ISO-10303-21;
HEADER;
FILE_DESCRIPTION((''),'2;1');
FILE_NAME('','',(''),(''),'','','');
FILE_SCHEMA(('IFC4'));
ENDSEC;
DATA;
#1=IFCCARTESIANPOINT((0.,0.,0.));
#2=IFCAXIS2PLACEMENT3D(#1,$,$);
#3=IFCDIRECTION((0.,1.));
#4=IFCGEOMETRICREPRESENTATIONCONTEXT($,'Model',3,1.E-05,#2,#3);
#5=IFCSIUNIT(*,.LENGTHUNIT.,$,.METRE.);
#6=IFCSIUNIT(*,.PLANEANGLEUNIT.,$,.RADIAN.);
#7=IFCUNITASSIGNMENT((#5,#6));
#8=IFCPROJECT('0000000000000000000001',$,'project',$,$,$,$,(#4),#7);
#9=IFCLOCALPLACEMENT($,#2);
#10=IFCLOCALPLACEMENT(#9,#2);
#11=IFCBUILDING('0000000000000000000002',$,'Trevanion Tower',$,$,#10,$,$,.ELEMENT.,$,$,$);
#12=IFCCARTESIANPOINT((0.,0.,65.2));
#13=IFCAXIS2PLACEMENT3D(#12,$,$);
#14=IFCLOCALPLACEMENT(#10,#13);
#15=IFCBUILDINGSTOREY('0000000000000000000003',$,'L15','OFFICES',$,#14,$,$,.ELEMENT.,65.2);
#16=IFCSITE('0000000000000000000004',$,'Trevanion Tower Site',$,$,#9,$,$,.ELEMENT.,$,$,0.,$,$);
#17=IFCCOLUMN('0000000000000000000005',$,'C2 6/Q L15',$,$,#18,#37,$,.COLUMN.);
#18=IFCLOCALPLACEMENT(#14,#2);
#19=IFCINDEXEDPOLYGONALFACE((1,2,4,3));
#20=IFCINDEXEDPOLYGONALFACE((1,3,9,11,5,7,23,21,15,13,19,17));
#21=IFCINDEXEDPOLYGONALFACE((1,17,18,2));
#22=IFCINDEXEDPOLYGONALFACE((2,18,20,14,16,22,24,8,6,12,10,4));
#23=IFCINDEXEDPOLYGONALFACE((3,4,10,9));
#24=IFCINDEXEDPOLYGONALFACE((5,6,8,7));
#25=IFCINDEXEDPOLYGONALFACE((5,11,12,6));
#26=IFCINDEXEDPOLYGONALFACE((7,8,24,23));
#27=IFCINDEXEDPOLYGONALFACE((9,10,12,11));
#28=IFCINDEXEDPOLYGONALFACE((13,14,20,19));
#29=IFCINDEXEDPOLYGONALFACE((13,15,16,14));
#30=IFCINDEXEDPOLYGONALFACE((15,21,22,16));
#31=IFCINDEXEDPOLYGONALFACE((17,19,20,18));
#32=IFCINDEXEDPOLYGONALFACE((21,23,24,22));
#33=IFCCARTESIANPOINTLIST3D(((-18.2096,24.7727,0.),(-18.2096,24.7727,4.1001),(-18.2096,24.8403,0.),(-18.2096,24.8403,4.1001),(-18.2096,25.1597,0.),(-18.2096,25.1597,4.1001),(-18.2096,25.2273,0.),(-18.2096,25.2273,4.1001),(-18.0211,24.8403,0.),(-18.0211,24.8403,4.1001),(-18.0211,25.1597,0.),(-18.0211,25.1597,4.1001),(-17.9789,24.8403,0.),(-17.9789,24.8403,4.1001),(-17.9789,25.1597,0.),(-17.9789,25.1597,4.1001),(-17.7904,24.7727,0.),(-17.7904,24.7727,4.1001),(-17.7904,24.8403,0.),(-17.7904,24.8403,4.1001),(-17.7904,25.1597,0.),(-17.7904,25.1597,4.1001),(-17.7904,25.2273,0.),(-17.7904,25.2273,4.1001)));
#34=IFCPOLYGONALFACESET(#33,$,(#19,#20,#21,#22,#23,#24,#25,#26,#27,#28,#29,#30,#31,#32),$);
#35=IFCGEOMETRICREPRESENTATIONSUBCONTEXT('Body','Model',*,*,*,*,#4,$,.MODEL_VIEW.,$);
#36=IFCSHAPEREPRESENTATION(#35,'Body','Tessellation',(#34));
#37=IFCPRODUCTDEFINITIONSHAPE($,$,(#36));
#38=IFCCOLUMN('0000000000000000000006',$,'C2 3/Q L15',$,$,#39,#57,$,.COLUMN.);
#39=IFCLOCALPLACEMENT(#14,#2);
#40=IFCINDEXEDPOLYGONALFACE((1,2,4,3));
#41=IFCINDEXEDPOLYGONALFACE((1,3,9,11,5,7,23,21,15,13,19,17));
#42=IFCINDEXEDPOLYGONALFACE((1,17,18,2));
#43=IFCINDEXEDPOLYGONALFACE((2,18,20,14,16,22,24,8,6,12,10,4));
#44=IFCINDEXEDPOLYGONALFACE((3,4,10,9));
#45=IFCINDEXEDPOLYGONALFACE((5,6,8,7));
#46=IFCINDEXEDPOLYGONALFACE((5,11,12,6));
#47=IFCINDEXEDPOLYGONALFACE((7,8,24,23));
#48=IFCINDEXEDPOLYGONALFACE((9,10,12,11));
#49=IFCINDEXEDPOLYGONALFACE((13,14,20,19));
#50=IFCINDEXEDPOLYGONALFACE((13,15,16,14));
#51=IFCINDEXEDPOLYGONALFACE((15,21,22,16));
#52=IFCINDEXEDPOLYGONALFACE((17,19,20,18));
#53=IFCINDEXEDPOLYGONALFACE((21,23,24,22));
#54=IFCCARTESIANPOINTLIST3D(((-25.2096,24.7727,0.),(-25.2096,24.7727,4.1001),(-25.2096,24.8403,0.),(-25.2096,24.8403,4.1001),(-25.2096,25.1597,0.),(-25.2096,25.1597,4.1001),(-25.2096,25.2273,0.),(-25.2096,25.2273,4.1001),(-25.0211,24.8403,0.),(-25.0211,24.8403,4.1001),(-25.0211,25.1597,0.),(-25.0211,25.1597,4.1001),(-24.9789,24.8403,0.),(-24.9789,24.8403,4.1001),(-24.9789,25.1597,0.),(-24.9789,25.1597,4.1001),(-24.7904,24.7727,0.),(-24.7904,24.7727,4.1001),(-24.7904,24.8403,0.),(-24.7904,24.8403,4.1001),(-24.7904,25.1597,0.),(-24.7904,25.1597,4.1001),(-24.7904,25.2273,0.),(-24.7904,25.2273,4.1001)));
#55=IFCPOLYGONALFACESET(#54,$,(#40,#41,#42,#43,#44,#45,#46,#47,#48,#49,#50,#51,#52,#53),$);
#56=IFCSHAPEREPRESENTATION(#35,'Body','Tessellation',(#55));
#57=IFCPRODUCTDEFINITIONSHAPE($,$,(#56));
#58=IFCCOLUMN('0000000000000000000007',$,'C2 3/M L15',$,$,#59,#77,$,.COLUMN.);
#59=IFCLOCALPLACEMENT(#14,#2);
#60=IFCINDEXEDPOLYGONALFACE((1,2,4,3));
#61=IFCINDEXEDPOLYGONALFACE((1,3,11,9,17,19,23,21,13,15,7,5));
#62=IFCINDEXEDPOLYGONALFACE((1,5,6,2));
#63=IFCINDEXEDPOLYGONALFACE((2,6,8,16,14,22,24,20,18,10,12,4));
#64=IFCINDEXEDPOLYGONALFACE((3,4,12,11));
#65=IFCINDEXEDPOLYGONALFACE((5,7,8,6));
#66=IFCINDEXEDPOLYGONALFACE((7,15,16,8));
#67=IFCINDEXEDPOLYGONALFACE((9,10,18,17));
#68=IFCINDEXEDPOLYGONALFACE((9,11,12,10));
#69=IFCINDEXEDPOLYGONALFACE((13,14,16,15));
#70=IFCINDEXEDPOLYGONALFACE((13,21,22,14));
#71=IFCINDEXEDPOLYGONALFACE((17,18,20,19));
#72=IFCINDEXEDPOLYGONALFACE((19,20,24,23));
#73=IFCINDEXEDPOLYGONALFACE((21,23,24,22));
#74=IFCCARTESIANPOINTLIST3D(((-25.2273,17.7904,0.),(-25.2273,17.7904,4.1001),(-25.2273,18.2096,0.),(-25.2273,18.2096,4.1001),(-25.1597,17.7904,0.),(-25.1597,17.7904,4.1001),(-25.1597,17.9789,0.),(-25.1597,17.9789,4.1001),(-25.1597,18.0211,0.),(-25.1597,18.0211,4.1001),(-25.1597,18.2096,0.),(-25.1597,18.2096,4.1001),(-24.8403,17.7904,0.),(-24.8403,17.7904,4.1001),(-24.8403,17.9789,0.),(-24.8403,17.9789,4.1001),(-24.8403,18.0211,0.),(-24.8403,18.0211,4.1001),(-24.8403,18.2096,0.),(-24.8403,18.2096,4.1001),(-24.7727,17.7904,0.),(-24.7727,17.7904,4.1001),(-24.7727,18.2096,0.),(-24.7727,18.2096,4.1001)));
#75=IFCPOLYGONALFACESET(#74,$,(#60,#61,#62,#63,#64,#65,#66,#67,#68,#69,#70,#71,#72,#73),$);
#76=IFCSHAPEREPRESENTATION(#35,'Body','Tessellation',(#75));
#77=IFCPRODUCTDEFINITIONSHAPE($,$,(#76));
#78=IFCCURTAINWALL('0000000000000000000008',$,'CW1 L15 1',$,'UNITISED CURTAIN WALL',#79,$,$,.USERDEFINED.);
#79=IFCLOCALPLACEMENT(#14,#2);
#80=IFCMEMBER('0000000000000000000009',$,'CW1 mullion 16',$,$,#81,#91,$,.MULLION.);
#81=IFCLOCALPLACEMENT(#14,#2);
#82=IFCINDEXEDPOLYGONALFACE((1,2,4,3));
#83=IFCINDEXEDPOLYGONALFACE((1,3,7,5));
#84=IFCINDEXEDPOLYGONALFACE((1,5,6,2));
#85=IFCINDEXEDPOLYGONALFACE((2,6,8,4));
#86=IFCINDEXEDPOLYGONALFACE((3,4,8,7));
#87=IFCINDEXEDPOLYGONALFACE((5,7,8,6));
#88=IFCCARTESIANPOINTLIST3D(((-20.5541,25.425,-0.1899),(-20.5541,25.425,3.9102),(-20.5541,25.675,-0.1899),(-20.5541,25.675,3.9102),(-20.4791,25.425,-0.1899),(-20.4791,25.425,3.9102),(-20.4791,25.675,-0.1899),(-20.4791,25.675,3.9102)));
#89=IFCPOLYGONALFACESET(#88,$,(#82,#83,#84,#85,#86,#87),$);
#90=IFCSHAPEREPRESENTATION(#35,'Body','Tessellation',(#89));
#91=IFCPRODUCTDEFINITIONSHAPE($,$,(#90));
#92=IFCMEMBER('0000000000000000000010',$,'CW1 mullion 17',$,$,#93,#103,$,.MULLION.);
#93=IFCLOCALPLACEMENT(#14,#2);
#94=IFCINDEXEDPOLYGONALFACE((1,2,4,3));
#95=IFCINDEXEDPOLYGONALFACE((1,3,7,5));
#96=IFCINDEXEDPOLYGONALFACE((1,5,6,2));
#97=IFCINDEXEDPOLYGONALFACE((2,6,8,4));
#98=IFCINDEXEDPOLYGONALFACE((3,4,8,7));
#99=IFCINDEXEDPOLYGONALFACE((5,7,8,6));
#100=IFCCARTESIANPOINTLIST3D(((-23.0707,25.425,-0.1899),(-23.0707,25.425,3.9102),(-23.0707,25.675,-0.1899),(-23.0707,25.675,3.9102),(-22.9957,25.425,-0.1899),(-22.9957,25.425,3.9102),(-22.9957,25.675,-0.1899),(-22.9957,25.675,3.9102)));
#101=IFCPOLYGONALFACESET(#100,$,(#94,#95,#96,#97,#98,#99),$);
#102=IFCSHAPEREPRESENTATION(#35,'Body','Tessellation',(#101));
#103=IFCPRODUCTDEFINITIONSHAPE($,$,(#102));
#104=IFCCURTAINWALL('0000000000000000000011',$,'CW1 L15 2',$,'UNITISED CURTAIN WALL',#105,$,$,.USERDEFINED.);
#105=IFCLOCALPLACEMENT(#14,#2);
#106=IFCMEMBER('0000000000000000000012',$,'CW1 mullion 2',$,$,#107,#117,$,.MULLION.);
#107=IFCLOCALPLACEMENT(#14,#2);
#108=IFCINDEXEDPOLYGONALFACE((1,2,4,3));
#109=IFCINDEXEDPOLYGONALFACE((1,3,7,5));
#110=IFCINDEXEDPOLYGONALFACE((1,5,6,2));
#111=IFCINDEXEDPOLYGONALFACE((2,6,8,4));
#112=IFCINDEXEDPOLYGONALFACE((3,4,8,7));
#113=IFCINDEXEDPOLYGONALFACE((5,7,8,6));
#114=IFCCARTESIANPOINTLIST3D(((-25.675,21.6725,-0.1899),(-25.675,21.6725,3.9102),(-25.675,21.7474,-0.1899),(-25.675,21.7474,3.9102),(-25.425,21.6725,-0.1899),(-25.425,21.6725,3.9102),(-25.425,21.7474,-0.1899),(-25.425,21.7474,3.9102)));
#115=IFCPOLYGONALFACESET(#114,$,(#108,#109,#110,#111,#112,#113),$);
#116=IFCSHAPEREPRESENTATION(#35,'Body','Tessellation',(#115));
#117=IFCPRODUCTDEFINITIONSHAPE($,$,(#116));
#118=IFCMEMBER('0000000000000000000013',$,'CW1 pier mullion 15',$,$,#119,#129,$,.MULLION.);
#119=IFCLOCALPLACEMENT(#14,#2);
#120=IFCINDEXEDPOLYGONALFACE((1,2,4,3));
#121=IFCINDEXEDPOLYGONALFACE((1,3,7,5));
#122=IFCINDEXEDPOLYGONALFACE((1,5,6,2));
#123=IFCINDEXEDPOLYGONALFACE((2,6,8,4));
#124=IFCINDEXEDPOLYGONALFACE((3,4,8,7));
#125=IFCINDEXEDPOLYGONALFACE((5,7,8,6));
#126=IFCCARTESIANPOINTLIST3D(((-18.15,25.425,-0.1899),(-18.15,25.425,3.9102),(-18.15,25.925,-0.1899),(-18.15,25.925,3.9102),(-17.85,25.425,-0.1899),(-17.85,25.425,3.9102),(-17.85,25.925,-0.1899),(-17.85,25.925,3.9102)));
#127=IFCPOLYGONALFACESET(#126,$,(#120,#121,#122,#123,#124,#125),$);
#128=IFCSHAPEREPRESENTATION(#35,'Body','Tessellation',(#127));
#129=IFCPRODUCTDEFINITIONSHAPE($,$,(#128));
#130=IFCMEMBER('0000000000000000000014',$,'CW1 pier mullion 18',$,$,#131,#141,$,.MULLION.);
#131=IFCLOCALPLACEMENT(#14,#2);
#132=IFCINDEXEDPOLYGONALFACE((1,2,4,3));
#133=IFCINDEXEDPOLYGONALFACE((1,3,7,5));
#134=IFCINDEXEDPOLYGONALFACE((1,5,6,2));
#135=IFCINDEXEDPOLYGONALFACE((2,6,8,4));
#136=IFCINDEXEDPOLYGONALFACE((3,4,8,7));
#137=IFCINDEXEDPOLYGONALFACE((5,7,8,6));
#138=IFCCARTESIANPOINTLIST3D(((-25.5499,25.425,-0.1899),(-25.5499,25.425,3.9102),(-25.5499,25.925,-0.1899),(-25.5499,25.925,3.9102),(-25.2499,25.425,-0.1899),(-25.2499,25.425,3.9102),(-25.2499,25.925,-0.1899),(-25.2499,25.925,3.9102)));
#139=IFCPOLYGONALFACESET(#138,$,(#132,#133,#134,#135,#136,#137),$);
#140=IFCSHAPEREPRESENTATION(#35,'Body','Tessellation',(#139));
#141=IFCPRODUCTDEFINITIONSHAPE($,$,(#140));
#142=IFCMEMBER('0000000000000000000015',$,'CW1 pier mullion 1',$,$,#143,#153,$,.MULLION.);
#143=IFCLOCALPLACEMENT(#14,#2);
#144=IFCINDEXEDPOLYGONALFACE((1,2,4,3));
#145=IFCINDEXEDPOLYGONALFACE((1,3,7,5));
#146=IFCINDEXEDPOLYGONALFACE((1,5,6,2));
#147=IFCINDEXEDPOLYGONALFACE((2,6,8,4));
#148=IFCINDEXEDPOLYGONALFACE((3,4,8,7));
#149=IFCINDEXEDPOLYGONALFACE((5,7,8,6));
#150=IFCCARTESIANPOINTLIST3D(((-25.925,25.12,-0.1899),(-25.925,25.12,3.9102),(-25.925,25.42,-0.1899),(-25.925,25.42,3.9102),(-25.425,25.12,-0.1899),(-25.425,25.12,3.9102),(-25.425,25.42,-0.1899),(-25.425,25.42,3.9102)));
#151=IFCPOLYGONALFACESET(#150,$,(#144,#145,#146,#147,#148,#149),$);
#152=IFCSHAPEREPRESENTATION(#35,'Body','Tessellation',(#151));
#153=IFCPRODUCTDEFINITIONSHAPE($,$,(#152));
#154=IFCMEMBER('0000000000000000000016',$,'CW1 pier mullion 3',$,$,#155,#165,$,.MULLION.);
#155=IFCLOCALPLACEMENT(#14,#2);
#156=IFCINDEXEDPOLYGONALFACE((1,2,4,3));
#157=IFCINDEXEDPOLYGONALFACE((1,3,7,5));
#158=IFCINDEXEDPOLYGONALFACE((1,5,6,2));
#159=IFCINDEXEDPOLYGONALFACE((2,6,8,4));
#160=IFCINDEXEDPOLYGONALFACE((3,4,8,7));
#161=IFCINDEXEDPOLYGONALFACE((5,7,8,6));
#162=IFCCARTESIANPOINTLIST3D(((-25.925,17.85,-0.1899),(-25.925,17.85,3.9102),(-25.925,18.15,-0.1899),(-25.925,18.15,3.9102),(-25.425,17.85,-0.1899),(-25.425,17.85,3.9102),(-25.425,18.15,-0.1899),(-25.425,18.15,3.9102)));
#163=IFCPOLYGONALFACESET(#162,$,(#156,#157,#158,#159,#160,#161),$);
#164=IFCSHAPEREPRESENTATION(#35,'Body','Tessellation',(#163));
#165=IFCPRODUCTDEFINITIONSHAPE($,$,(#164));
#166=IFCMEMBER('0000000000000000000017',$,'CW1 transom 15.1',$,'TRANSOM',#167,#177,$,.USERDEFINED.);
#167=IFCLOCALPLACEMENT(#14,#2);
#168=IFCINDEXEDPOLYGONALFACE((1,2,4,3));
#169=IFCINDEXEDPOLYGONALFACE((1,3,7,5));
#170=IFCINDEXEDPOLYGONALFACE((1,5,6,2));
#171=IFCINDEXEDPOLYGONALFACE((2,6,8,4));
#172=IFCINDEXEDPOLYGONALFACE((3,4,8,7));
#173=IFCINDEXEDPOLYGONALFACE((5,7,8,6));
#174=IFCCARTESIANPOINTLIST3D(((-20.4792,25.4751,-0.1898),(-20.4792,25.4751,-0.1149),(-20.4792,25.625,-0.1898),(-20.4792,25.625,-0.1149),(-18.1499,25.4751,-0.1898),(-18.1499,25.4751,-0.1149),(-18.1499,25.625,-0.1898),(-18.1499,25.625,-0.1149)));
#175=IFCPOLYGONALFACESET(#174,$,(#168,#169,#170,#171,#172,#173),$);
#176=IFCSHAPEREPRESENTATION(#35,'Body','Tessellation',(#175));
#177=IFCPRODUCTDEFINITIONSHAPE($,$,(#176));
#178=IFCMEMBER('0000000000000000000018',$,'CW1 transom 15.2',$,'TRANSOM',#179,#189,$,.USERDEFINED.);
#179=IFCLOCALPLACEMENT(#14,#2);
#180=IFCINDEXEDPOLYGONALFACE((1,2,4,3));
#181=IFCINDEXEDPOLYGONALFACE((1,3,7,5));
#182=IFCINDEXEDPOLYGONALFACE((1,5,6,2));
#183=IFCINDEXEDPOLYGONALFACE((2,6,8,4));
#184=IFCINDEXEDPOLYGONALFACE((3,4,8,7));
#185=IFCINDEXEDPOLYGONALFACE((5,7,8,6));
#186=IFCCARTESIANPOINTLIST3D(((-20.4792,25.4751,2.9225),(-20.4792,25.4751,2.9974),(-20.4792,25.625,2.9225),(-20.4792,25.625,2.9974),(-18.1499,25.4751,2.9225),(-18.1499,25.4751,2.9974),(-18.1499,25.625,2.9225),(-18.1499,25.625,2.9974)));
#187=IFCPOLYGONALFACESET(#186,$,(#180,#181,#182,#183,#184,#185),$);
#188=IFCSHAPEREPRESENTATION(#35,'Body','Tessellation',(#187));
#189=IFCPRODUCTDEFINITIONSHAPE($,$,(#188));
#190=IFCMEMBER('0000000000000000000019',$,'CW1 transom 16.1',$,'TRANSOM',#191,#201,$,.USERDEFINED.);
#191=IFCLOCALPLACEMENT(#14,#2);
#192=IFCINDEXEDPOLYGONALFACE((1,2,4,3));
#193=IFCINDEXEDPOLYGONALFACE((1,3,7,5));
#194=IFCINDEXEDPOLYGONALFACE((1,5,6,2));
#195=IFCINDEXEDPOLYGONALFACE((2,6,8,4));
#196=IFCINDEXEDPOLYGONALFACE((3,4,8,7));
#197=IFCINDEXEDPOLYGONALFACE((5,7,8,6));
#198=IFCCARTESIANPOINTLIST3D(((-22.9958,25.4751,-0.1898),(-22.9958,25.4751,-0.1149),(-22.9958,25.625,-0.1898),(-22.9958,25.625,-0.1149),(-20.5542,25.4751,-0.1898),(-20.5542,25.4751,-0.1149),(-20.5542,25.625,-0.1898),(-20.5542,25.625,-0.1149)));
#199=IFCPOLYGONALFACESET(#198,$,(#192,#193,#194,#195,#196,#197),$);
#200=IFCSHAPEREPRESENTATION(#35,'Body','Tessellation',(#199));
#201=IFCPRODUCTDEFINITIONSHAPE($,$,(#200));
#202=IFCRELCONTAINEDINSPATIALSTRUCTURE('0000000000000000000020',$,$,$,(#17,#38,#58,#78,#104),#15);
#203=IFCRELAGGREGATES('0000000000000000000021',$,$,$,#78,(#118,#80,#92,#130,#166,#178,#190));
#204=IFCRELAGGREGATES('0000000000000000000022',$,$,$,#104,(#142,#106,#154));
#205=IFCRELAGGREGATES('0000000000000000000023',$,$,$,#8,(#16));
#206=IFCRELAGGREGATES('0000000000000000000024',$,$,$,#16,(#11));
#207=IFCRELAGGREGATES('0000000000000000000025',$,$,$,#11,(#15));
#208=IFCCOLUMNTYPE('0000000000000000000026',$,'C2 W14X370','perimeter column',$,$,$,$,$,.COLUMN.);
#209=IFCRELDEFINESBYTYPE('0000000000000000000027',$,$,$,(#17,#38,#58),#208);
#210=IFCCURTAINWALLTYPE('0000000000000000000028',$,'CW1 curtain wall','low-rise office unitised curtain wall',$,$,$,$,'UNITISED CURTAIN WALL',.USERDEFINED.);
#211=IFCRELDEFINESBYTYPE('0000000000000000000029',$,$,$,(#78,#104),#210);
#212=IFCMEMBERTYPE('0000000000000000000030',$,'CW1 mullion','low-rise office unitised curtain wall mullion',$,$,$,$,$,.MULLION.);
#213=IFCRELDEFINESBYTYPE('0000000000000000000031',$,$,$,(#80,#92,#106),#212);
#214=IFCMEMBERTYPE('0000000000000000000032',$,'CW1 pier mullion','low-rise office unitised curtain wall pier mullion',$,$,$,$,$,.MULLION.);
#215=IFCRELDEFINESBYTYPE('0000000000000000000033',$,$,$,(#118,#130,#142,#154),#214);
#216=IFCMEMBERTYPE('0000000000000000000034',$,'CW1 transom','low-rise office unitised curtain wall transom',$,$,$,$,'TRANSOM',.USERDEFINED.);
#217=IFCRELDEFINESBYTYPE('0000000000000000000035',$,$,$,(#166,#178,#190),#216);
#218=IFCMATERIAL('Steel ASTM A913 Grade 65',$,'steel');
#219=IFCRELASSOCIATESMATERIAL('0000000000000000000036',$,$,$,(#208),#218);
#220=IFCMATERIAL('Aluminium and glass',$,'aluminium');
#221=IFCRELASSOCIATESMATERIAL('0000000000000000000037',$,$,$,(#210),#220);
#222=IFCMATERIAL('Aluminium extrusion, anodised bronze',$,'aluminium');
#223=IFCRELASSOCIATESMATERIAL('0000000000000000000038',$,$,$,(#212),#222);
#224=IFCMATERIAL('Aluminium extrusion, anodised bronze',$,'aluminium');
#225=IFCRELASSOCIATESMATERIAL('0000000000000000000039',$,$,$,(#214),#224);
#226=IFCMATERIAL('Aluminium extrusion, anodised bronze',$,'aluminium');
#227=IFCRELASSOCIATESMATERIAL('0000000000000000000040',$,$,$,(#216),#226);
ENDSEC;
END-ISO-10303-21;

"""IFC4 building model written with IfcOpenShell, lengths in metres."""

from ifc_helpers import new_model, si_unit, direction, frame, origin, origin_2d, place, context, subcontext, project, spatial, rectangle, i_section, extrude, material, material_profile, profile_set, type_object, element, aggregate, save


model = new_model("IFC4")

# Units and contexts
model_context = context("Model", 3, precision=1e-05, world=origin(), true_north=direction((0.0, 1.0)))
body_context = subcontext(model_context, "Body", "Model", "MODEL_VIEW")
ifc_project = project(units=[si_unit("LENGTHUNIT", "METRE"), si_unit("PLANEANGLEUNIT", "RADIAN")], contexts=[model_context])

# Site, building, storey
site_placement = place(None, origin())
site = spatial("IfcSite", under=ifc_project, at=site_placement, Name="Trevanion Tower Site", CompositionType="ELEMENT", RefElevation=0.0)
building_placement = place(site_placement, origin())
building = spatial("IfcBuilding", under=site, at=building_placement, Name="Trevanion Tower", CompositionType="ELEMENT")
storey_placement = place(building_placement, frame((0.0, 0.0, 65.2)))
storey = spatial("IfcBuildingStorey", under=building, at=storey_placement, Name="L15", Description="OFFICES", CompositionType="ELEMENT", Elevation=65.2)

# Columns
ifc_material_1 = material(Name="Steel ASTM A913 Grade 65", Category="steel")
ifc_material_profile_1 = material_profile(ifc_material_1, i_section(OverallWidth=0.4192, OverallDepth=0.4546, WebThickness=0.0422, FlangeThickness=0.0676, at=origin_2d()), Name="W14X370")
ifc_profile_set_1 = profile_set([ifc_material_profile_1], Name="Steel ASTM A913 Grade 65")
column_type = type_object("IfcColumnType", Name="C2 W14X370", Description="perimeter column", PredefinedType="COLUMN", material=ifc_profile_set_1)
for number, where, z_axis, x_axis, name in (
    (1, (-18.0, 25.0, 0.0), (0.0, 0.0, 1.0), (1.0, 0.0, 0.0), "C2 6/Q L15"),
    (2, (-25.0, 25.0, 0.0), (0.0, 0.0, 1.0), (1.0, 0.0, 0.0), "C2 3/Q L15"),
    (3, (-25.0, 18.0, 0.0), (0.0, 0.0, 1.0), (0.0, 1.0, 0.0), "C2 3/M L15"),
):
    element("IfcColumn", number, at=place(storey_placement, frame(where, z_axis=z_axis, x_axis=x_axis)), inside=storey, type_object=column_type, Name=name, PredefinedType="COLUMN", context=body_context, shape_type="SweptSolid", body=[
        extrude(i_section(OverallWidth=0.4192, OverallDepth=0.4546, WebThickness=0.0422, FlangeThickness=0.0676, at=origin_2d()), origin(), (0.0, 0.0, 1.0), 4.1001),
    ])

# Curtain wall, members
ifc_material_2 = material(Name="Aluminium and glass", Category="aluminium")
curtain_wall_type = type_object("IfcCurtainWallType", Name="CW1 curtain wall", Description="low-rise office unitised curtain wall", ElementType="UNITISED CURTAIN WALL", PredefinedType="USERDEFINED", material=ifc_material_2)
curtain_wall_1_placement = place(storey_placement, origin())
curtain_wall_1 = element("IfcCurtainWall", 4, at=curtain_wall_1_placement, inside=storey, type_object=curtain_wall_type, Name="CW1 L15 1", ObjectType="UNITISED CURTAIN WALL", PredefinedType="USERDEFINED")
ifc_material_3 = material(Name="Aluminium extrusion, anodised bronze", Category="aluminium")
ifc_material_profile_2 = material_profile(ifc_material_3, rectangle(XDim=0.075, YDim=0.25, at=origin_2d()), Name="CW1 mullion")
ifc_profile_set_2 = profile_set([ifc_material_profile_2], Name="Aluminium extrusion, anodised bronze")
member_type_1 = type_object("IfcMemberType", Name="CW1 mullion", Description="low-rise office unitised curtain wall mullion", PredefinedType="MULLION", material=ifc_profile_set_2)
member_1_placement = place(storey_placement, frame((-20.5166, 25.55, -0.1899), z_axis=(0.0, 0.0, 1.0), x_axis=(-1.0, 0.0, 0.0)))
member_1 = element("IfcMember", 5, at=member_1_placement, type_object=member_type_1, Name="CW1 mullion 16", PredefinedType="MULLION", context=body_context, shape_type="SweptSolid", body=[
    extrude(rectangle(XDim=0.075, YDim=0.25, at=origin_2d()), origin(), (0.0, 0.0, 1.0), 4.1001),
])
member_2_placement = place(storey_placement, frame((-23.0332, 25.55, -0.1899), z_axis=(0.0, 0.0, 1.0), x_axis=(-1.0, 0.0, 0.0)))
member_2 = element("IfcMember", 6, at=member_2_placement, type_object=member_type_1, Name="CW1 mullion 17", PredefinedType="MULLION", context=body_context, shape_type="SweptSolid", body=[
    extrude(rectangle(XDim=0.075, YDim=0.25, at=origin_2d()), origin(), (0.0, 0.0, 1.0), 4.1001),
])

# Curtain wall, member
curtain_wall_2_placement = place(storey_placement, origin())
curtain_wall_2 = element("IfcCurtainWall", 7, at=curtain_wall_2_placement, inside=storey, type_object=curtain_wall_type, Name="CW1 L15 2", ObjectType="UNITISED CURTAIN WALL", PredefinedType="USERDEFINED")
member_3_placement = place(storey_placement, frame((-25.55, 21.71, -0.1899), z_axis=(0.0, 0.0, 1.0), x_axis=(0.0, -1.0, 0.0)))
member_3 = element("IfcMember", 8, at=member_3_placement, type_object=member_type_1, Name="CW1 mullion 2", PredefinedType="MULLION", context=body_context, shape_type="SweptSolid", body=[
    extrude(rectangle(XDim=0.075, YDim=0.25, at=origin_2d()), origin(), (0.0, 0.0, 1.0), 4.1001),
])

# Members
ifc_material_4 = material(Name="Aluminium extrusion, anodised bronze", Category="aluminium")
ifc_material_profile_3 = material_profile(ifc_material_4, rectangle(XDim=0.3, YDim=0.5, at=origin_2d()), Name="CW1 pier mullion")
ifc_profile_set_3 = profile_set([ifc_material_profile_3], Name="Aluminium extrusion, anodised bronze")
member_type_2 = type_object("IfcMemberType", Name="CW1 pier mullion", Description="low-rise office unitised curtain wall pier mullion", PredefinedType="MULLION", material=ifc_profile_set_3)
member_4_placement = place(storey_placement, frame((-18.0, 25.675, -0.1899), z_axis=(0.0, 0.0, 1.0), x_axis=(-1.0, 0.0, 0.0)))
member_4 = element("IfcMember", 9, at=member_4_placement, type_object=member_type_2, Name="CW1 pier mullion 15", PredefinedType="MULLION", context=body_context, shape_type="SweptSolid", body=[
    extrude(rectangle(XDim=0.3, YDim=0.5, at=origin_2d()), origin(), (0.0, 0.0, 1.0), 4.1001),
])
member_5_placement = place(storey_placement, frame((-25.3999, 25.675, -0.1899), z_axis=(0.0, 0.0, 1.0), x_axis=(-1.0, 0.0, 0.0)))
member_5 = element("IfcMember", 10, at=member_5_placement, type_object=member_type_2, Name="CW1 pier mullion 18", PredefinedType="MULLION", context=body_context, shape_type="SweptSolid", body=[
    extrude(rectangle(XDim=0.3, YDim=0.5, at=origin_2d()), origin(), (0.0, 0.0, 1.0), 4.1001),
])
member_6_placement = place(storey_placement, frame((-25.675, 25.27, -0.1899), z_axis=(0.0, 0.0, 1.0), x_axis=(0.0, -1.0, 0.0)))
member_6 = element("IfcMember", 11, at=member_6_placement, type_object=member_type_2, Name="CW1 pier mullion 1", PredefinedType="MULLION", context=body_context, shape_type="SweptSolid", body=[
    extrude(rectangle(XDim=0.3, YDim=0.5, at=origin_2d()), origin(), (0.0, 0.0, 1.0), 4.1001),
])
member_7_placement = place(storey_placement, frame((-25.675, 18.0, -0.1899), z_axis=(0.0, 0.0, 1.0), x_axis=(0.0, -1.0, 0.0)))
member_7 = element("IfcMember", 12, at=member_7_placement, type_object=member_type_2, Name="CW1 pier mullion 3", PredefinedType="MULLION", context=body_context, shape_type="SweptSolid", body=[
    extrude(rectangle(XDim=0.3, YDim=0.5, at=origin_2d()), origin(), (0.0, 0.0, 1.0), 4.1001),
])
ifc_material_5 = material(Name="Aluminium extrusion, anodised bronze", Category="aluminium")
ifc_material_profile_4 = material_profile(ifc_material_5, rectangle(XDim=0.1499, YDim=0.075, at=origin_2d()), Name="CW1 transom")
ifc_profile_set_4 = profile_set([ifc_material_profile_4], Name="Aluminium extrusion, anodised bronze")
member_type_3 = type_object("IfcMemberType", Name="CW1 transom", Description="low-rise office unitised curtain wall transom", ElementType="TRANSOM", PredefinedType="USERDEFINED", material=ifc_profile_set_4)
member_8_placement = place(storey_placement, frame((-18.1499, 25.55, -0.1523), z_axis=(-1.0, 0.0, 0.0), x_axis=(0.0, -1.0, 0.0)))
member_8 = element("IfcMember", 13, at=member_8_placement, type_object=member_type_3, Name="CW1 transom 15.1", ObjectType="TRANSOM", PredefinedType="USERDEFINED", context=body_context, shape_type="SweptSolid", body=[
    extrude(rectangle(XDim=0.1499, YDim=0.075, at=origin_2d()), origin(), (0.0, 0.0, 1.0), 2.3293),
])
member_9_placement = place(storey_placement, frame((-18.1499, 25.55, 2.96), z_axis=(-1.0, 0.0, 0.0), x_axis=(0.0, -1.0, 0.0)))
member_9 = element("IfcMember", 14, at=member_9_placement, type_object=member_type_3, Name="CW1 transom 15.2", ObjectType="TRANSOM", PredefinedType="USERDEFINED", context=body_context, shape_type="SweptSolid", body=[
    extrude(rectangle(XDim=0.1499, YDim=0.075, at=origin_2d()), origin(), (0.0, 0.0, 1.0), 2.3293),
])
member_10_placement = place(storey_placement, frame((-20.5542, 25.55, -0.1523), z_axis=(-1.0, 0.0, 0.0), x_axis=(0.0, -1.0, 0.0)))
member_10 = element("IfcMember", 15, at=member_10_placement, type_object=member_type_3, Name="CW1 transom 16.1", ObjectType="TRANSOM", PredefinedType="USERDEFINED", context=body_context, shape_type="SweptSolid", body=[
    extrude(rectangle(XDim=0.1499, YDim=0.075, at=origin_2d()), origin(), (0.0, 0.0, 1.0), 2.4417),
])

aggregate(curtain_wall_1, [member_4, member_1, member_2, member_5, member_8, member_9, member_10])
aggregate(curtain_wall_2, [member_6, member_3, member_7])

save(model, "model.ifc")
